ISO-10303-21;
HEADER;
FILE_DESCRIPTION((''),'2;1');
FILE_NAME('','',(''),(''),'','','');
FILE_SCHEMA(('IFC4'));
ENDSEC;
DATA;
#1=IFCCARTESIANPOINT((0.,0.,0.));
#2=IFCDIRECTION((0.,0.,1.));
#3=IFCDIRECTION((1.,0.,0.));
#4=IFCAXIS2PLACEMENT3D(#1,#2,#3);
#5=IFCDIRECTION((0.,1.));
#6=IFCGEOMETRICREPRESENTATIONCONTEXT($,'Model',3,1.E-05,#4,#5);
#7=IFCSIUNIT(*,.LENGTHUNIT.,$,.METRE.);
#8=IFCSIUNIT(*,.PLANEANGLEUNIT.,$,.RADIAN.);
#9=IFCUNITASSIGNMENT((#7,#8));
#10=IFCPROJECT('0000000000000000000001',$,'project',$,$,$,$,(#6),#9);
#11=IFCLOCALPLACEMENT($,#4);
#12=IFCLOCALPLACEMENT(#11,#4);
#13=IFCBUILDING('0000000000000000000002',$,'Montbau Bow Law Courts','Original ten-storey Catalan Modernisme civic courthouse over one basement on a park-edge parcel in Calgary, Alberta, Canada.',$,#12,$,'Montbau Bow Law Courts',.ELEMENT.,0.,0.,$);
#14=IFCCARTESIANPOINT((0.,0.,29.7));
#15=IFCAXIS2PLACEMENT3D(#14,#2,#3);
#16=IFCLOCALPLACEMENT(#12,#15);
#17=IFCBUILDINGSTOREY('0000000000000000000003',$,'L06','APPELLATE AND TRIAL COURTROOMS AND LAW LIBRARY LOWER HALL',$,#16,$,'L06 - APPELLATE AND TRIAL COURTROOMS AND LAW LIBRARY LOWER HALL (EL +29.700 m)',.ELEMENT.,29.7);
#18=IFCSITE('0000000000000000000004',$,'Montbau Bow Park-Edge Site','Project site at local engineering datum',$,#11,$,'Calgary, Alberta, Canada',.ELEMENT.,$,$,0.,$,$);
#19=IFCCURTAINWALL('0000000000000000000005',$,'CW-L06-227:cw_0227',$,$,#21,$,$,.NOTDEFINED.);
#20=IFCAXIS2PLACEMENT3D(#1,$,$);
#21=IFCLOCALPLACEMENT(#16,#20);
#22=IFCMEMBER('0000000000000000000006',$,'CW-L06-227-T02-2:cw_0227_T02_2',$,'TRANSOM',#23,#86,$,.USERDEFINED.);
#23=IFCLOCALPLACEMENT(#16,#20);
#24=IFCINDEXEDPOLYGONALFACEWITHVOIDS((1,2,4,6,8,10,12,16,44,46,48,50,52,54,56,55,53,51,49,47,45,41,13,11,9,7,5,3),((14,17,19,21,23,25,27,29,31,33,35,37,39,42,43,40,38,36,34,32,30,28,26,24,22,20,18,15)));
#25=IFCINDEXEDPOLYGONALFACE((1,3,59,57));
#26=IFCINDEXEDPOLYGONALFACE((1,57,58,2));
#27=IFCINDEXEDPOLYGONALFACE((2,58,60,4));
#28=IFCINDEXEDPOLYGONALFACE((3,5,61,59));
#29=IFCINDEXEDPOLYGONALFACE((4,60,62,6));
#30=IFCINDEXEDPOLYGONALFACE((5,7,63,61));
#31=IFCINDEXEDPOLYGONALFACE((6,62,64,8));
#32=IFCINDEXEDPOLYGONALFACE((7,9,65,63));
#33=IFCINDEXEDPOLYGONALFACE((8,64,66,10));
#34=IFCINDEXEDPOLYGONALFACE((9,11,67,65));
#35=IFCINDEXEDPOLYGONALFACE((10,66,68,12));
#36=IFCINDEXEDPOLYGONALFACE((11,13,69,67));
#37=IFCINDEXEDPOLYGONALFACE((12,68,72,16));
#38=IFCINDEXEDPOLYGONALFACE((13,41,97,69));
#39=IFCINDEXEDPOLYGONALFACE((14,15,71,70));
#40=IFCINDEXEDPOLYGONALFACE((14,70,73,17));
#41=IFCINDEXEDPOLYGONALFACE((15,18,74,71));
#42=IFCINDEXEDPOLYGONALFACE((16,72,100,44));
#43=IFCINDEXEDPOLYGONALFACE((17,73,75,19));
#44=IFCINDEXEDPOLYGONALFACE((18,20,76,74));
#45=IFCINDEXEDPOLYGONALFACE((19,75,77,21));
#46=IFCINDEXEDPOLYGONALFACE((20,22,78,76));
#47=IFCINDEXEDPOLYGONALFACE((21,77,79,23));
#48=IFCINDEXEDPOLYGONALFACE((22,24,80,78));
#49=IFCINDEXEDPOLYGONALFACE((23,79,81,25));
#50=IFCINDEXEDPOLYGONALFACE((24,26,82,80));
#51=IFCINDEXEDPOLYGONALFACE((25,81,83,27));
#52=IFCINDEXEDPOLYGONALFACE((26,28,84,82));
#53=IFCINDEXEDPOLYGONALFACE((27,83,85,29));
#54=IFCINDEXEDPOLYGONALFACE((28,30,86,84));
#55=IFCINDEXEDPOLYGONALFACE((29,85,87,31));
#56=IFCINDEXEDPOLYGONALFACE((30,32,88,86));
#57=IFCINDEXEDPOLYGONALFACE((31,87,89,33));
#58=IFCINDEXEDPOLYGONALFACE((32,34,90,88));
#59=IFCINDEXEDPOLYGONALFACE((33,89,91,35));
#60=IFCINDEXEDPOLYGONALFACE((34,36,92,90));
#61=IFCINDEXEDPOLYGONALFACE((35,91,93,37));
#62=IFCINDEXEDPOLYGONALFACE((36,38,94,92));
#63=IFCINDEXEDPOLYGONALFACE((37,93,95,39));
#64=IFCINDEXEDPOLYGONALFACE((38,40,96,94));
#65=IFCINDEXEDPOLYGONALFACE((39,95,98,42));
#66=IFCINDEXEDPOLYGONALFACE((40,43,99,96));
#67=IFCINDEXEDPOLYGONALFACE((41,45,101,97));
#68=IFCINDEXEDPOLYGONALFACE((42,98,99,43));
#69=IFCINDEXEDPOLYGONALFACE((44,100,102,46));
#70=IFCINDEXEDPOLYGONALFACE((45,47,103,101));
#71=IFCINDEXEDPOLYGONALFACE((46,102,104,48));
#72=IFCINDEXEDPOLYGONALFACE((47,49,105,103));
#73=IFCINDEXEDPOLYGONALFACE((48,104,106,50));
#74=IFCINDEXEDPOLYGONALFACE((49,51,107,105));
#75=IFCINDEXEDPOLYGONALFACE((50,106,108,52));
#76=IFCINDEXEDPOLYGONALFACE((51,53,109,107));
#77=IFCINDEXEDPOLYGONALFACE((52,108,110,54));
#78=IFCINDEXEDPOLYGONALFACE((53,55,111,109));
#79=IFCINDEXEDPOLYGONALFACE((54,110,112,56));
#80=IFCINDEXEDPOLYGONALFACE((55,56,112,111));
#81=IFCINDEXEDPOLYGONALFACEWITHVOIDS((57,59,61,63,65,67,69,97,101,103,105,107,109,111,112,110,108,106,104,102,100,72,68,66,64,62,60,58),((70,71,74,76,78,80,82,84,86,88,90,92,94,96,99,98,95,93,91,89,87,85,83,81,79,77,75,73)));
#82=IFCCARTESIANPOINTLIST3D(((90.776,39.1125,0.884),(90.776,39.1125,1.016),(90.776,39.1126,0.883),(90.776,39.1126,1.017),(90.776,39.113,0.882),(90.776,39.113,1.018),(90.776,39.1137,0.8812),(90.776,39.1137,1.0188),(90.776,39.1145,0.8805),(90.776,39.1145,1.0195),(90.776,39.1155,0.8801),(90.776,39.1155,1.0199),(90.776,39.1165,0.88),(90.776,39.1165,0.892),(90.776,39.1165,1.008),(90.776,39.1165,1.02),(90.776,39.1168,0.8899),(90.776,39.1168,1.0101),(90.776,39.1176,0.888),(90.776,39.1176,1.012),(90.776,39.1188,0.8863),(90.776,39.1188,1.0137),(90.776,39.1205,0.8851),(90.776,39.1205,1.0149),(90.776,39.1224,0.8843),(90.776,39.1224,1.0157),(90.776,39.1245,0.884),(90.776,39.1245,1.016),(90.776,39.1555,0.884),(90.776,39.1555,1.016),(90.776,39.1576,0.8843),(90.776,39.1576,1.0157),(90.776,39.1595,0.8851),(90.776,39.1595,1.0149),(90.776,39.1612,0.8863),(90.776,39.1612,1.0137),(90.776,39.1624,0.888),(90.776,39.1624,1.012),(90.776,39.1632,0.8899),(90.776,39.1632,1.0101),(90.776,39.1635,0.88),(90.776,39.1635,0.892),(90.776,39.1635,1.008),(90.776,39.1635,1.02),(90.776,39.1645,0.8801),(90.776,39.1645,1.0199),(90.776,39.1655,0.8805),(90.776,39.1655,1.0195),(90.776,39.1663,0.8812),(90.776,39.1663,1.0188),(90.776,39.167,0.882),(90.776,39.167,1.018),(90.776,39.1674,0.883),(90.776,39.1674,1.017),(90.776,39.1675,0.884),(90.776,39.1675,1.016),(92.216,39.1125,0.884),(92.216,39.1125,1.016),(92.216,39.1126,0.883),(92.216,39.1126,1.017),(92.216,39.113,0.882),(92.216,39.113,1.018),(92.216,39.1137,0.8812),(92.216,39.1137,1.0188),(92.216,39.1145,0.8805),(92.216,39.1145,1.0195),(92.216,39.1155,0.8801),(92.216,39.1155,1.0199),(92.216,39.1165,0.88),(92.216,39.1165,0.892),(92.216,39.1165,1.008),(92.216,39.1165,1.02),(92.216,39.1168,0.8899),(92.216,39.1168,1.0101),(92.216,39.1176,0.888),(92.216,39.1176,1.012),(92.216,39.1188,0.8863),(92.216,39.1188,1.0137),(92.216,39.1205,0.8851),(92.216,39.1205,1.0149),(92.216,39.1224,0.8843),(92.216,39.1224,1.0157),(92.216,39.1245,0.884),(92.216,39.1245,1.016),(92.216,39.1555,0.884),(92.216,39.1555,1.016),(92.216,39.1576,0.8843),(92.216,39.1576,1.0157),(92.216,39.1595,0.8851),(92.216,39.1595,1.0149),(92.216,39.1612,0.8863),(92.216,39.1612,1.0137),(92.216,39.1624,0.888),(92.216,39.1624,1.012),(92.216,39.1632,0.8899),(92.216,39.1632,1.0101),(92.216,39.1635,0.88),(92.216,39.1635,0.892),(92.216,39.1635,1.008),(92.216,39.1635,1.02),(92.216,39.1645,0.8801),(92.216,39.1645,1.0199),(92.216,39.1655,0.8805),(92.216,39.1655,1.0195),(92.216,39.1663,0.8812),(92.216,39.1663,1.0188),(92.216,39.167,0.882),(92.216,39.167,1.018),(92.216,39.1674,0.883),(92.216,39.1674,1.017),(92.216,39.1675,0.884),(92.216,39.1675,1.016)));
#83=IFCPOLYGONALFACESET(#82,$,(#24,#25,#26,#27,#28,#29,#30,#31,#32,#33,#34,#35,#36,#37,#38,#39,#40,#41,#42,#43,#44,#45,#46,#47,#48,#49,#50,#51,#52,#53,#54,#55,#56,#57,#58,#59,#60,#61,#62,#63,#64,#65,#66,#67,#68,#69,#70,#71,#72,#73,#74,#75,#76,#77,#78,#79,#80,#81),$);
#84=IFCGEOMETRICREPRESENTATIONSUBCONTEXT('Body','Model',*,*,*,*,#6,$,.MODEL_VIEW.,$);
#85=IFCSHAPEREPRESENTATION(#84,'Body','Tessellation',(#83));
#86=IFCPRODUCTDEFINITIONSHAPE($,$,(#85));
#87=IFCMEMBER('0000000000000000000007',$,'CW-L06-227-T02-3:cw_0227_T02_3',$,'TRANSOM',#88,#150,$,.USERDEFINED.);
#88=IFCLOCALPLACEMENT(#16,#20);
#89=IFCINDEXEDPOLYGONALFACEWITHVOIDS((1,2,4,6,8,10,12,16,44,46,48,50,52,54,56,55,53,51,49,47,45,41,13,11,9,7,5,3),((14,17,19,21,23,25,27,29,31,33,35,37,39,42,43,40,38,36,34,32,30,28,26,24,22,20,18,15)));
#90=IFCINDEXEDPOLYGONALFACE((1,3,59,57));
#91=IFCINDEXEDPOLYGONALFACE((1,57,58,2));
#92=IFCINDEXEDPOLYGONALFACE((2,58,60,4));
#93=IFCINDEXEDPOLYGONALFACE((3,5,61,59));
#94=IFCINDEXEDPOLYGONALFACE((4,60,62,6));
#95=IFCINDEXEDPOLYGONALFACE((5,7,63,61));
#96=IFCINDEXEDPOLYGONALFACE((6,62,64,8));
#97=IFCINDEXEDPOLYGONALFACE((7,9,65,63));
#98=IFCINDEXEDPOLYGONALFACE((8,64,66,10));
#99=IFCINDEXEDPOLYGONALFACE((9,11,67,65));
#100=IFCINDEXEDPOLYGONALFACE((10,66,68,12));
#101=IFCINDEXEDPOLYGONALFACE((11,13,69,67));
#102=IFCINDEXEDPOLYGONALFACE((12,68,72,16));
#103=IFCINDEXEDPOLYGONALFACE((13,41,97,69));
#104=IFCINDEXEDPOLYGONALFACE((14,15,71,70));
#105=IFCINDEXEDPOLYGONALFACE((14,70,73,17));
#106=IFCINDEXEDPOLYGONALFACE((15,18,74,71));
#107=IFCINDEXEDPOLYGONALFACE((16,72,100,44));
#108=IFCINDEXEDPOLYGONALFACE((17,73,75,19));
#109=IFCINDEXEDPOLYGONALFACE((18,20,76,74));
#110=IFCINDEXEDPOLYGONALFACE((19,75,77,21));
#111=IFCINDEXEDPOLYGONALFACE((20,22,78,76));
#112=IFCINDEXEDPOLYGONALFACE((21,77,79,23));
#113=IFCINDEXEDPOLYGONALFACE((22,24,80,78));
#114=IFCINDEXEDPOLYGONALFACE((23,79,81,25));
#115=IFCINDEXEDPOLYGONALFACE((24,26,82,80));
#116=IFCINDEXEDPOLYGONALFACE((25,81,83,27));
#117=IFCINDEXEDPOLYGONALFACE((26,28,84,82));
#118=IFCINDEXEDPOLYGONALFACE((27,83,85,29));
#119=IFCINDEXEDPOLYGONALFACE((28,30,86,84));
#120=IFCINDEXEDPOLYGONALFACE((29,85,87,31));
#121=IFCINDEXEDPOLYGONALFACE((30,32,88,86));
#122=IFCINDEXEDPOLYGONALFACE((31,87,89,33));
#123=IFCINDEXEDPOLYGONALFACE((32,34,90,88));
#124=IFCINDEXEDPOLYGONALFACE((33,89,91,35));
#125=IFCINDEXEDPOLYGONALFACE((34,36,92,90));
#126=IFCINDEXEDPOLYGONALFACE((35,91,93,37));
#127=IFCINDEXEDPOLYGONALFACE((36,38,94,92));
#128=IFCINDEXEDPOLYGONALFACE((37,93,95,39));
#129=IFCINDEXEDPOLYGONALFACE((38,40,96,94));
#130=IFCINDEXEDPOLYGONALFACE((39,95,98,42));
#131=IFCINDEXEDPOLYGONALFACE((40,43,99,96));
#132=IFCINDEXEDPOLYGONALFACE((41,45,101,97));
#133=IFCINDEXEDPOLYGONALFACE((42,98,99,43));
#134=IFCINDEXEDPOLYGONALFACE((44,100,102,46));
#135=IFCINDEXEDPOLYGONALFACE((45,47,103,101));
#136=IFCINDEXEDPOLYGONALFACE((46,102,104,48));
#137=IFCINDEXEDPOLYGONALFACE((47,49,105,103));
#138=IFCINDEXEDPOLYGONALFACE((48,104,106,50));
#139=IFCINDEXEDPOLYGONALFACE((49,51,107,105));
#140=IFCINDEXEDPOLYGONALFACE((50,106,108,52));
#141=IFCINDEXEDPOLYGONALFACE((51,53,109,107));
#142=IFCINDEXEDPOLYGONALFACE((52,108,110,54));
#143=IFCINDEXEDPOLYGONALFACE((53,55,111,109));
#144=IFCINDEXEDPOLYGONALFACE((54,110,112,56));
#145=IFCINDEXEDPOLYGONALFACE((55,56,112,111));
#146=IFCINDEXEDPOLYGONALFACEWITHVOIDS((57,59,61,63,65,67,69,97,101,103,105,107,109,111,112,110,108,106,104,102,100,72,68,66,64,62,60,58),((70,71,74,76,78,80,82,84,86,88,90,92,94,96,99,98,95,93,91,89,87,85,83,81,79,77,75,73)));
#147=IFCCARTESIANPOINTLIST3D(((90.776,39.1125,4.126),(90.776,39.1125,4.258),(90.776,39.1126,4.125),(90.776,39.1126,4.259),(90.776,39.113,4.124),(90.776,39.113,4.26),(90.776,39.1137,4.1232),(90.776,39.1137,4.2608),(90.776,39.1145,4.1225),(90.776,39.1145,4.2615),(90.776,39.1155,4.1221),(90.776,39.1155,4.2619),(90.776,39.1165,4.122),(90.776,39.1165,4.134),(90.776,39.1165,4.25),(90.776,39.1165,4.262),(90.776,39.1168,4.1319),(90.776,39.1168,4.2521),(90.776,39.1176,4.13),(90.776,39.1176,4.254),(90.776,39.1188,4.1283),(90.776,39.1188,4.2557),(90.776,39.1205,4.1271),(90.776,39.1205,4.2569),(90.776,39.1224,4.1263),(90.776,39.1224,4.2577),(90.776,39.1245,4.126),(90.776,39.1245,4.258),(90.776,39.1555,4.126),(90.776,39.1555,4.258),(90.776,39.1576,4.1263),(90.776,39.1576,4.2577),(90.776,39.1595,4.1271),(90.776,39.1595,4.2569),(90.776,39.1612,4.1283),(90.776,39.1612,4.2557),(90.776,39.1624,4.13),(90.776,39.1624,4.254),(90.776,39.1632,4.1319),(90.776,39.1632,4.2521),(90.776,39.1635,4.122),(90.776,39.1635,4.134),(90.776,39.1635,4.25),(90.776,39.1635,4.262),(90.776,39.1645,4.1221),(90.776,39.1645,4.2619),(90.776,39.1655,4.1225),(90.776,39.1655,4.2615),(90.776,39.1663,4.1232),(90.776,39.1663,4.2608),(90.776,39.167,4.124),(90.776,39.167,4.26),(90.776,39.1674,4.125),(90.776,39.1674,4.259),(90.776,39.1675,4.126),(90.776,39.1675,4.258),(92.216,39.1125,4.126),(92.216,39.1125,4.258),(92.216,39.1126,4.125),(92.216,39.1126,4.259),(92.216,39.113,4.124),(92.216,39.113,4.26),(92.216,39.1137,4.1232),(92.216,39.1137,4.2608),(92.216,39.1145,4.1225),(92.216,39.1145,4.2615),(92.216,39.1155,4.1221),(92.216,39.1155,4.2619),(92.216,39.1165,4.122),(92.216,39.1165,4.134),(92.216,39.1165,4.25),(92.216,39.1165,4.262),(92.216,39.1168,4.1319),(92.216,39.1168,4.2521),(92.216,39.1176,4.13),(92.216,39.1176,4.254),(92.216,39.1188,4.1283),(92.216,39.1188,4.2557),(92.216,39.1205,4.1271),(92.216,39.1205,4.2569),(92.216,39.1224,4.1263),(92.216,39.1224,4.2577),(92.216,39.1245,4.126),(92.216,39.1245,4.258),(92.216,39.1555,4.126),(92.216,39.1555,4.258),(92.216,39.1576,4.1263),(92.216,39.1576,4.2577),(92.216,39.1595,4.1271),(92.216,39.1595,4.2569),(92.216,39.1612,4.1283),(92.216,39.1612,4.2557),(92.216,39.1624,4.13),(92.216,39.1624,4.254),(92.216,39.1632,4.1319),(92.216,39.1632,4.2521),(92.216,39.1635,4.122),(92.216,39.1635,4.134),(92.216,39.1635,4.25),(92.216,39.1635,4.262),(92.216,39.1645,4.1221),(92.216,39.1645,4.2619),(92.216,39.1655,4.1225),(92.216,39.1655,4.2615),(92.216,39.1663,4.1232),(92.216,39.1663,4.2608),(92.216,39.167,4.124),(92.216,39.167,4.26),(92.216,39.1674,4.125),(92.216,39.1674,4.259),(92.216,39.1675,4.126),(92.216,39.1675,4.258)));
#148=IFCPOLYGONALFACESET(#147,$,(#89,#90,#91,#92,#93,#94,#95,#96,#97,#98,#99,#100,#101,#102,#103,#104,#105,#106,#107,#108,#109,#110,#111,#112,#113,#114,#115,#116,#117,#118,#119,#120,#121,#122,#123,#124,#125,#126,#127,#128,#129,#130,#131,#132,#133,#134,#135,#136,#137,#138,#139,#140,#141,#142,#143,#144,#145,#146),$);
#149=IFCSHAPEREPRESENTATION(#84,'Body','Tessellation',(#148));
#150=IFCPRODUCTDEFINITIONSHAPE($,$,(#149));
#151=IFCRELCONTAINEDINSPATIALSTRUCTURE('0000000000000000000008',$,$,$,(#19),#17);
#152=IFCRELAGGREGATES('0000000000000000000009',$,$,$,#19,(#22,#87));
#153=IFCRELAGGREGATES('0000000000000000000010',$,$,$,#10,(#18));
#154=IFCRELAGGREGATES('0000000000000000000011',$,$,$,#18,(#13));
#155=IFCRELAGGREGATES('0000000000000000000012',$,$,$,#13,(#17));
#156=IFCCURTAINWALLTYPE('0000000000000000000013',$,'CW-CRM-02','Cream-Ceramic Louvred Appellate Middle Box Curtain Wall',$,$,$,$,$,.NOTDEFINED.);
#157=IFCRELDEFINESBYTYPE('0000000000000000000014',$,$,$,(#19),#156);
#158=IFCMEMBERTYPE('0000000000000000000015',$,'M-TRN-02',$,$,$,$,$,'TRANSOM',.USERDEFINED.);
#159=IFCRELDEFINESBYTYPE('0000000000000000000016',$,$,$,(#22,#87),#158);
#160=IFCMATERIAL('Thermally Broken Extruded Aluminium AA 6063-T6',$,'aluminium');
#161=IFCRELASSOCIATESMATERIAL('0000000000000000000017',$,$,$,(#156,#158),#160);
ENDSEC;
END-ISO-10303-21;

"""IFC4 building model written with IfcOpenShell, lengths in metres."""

from ifc_helpers import new_model, si_unit, direction, frame, origin_with_axes, origin_2d_with_axis, place, context, subcontext, project, spatial, hollow_rectangle, extrude, material, material_profile, profile_set, type_object, element, aggregate, save


model = new_model("IFC4")

# Units and contexts
model_context = context("Model", 3, precision=1e-05, world=origin_with_axes(), true_north=direction((0.0, 1.0)))
body_context = subcontext(model_context, "Body", "Model", "MODEL_VIEW")
ifc_project = project(units=[si_unit("LENGTHUNIT", "METRE"), si_unit("PLANEANGLEUNIT", "RADIAN")], contexts=[model_context])

# Site, building, storey
site_placement = place(None, origin_with_axes())
site = spatial("IfcSite", under=ifc_project, at=site_placement, Name="Montbau Bow Park-Edge Site", Description="Project site at local engineering datum", LongName="Calgary, Alberta, Canada", CompositionType="ELEMENT", RefElevation=0.0)
building_placement = place(site_placement, origin_with_axes())
building = spatial("IfcBuilding", under=site, at=building_placement, Name="Montbau Bow Law Courts", Description="Original ten-storey Catalan Modernisme civic courthouse over one basement on a park-edge parcel in Calgary, Alberta, Canada.", LongName="Montbau Bow Law Courts", CompositionType="ELEMENT", ElevationOfRefHeight=0.0, ElevationOfTerrain=0.0)
storey_placement = place(building_placement, frame((0.0, 0.0, 29.7), z_axis=(0.0, 0.0, 1.0), x_axis=(1.0, 0.0, 0.0)))
storey = spatial("IfcBuildingStorey", under=building, at=storey_placement, Name="L06", Description="APPELLATE AND TRIAL COURTROOMS AND LAW LIBRARY LOWER HALL", LongName="L06 - APPELLATE AND TRIAL COURTROOMS AND LAW LIBRARY LOWER HALL (EL +29.700 m)", CompositionType="ELEMENT", Elevation=29.7)

# Curtain wall, members
ifc_material_1 = material(Name="Thermally Broken Extruded Aluminium AA 6063-T6", Category="aluminium")
curtain_wall_type = type_object("IfcCurtainWallType", Name="CW-CRM-02", Description="Cream-Ceramic Louvred Appellate Middle Box Curtain Wall", PredefinedType="NOTDEFINED", material=ifc_material_1)
curtain_wall_placement = place(None, frame((89.24, 39.14, 29.7), z_axis=(0.0, 0.0, 1.0), x_axis=(1.0, 0.0, 0.0)))
curtain_wall = element("IfcCurtainWall", 1, at=curtain_wall_placement, inside=storey, type_object=curtain_wall_type, Name="CW-L06-227:cw_0227", PredefinedType="NOTDEFINED")
ifc_material_profile_1 = material_profile(ifc_material_1, hollow_rectangle(XDim=0.055, YDim=0.14, WallThickness=0.004, InnerFilletRadius=0.008, OuterFilletRadius=0.004, at=origin_2d_with_axis()), Name="CWT-140X55", Category="Main", Priority=0)
ifc_profile_set_1 = profile_set([ifc_material_profile_1], Name="Thermally Broken Extruded Aluminium AA 6063-T6")
member_type_1 = type_object("IfcMemberType", Name="M-TRN-02", ElementType="TRANSOM", PredefinedType="USERDEFINED", material=ifc_profile_set_1)
member_1_placement = place(None, frame((90.776, 39.14, 30.65), z_axis=(1.0, 0.0, 0.0), x_axis=(0.0, 1.0, 0.0)))
member_1 = element("IfcMember", 2, at=member_1_placement, type_object=member_type_1, Name="CW-L06-227-T02-2:cw_0227_T02_2", ObjectType="TRANSOM", PredefinedType="USERDEFINED", context=body_context, shape_type="SweptSolid", body=[
    extrude(hollow_rectangle(XDim=0.055, YDim=0.14, WallThickness=0.004, InnerFilletRadius=0.008, OuterFilletRadius=0.004, at=origin_2d_with_axis()), origin_with_axes(), (0.0, 0.0, 1.0), 1.44),
])
member_2_placement = place(None, frame((90.776, 39.14, 33.892), z_axis=(1.0, 0.0, 0.0), x_axis=(0.0, 1.0, 0.0)))
member_2 = element("IfcMember", 3, at=member_2_placement, type_object=member_type_1, Name="CW-L06-227-T02-3:cw_0227_T02_3", ObjectType="TRANSOM", PredefinedType="USERDEFINED", context=body_context, shape_type="SweptSolid", body=[
    extrude(hollow_rectangle(XDim=0.055, YDim=0.14, WallThickness=0.004, InnerFilletRadius=0.008, OuterFilletRadius=0.004, at=origin_2d_with_axis()), origin_with_axes(), (0.0, 0.0, 1.0), 1.44),
])
aggregate(curtain_wall, [member_1, member_2])

save(model, "model.ifc")
